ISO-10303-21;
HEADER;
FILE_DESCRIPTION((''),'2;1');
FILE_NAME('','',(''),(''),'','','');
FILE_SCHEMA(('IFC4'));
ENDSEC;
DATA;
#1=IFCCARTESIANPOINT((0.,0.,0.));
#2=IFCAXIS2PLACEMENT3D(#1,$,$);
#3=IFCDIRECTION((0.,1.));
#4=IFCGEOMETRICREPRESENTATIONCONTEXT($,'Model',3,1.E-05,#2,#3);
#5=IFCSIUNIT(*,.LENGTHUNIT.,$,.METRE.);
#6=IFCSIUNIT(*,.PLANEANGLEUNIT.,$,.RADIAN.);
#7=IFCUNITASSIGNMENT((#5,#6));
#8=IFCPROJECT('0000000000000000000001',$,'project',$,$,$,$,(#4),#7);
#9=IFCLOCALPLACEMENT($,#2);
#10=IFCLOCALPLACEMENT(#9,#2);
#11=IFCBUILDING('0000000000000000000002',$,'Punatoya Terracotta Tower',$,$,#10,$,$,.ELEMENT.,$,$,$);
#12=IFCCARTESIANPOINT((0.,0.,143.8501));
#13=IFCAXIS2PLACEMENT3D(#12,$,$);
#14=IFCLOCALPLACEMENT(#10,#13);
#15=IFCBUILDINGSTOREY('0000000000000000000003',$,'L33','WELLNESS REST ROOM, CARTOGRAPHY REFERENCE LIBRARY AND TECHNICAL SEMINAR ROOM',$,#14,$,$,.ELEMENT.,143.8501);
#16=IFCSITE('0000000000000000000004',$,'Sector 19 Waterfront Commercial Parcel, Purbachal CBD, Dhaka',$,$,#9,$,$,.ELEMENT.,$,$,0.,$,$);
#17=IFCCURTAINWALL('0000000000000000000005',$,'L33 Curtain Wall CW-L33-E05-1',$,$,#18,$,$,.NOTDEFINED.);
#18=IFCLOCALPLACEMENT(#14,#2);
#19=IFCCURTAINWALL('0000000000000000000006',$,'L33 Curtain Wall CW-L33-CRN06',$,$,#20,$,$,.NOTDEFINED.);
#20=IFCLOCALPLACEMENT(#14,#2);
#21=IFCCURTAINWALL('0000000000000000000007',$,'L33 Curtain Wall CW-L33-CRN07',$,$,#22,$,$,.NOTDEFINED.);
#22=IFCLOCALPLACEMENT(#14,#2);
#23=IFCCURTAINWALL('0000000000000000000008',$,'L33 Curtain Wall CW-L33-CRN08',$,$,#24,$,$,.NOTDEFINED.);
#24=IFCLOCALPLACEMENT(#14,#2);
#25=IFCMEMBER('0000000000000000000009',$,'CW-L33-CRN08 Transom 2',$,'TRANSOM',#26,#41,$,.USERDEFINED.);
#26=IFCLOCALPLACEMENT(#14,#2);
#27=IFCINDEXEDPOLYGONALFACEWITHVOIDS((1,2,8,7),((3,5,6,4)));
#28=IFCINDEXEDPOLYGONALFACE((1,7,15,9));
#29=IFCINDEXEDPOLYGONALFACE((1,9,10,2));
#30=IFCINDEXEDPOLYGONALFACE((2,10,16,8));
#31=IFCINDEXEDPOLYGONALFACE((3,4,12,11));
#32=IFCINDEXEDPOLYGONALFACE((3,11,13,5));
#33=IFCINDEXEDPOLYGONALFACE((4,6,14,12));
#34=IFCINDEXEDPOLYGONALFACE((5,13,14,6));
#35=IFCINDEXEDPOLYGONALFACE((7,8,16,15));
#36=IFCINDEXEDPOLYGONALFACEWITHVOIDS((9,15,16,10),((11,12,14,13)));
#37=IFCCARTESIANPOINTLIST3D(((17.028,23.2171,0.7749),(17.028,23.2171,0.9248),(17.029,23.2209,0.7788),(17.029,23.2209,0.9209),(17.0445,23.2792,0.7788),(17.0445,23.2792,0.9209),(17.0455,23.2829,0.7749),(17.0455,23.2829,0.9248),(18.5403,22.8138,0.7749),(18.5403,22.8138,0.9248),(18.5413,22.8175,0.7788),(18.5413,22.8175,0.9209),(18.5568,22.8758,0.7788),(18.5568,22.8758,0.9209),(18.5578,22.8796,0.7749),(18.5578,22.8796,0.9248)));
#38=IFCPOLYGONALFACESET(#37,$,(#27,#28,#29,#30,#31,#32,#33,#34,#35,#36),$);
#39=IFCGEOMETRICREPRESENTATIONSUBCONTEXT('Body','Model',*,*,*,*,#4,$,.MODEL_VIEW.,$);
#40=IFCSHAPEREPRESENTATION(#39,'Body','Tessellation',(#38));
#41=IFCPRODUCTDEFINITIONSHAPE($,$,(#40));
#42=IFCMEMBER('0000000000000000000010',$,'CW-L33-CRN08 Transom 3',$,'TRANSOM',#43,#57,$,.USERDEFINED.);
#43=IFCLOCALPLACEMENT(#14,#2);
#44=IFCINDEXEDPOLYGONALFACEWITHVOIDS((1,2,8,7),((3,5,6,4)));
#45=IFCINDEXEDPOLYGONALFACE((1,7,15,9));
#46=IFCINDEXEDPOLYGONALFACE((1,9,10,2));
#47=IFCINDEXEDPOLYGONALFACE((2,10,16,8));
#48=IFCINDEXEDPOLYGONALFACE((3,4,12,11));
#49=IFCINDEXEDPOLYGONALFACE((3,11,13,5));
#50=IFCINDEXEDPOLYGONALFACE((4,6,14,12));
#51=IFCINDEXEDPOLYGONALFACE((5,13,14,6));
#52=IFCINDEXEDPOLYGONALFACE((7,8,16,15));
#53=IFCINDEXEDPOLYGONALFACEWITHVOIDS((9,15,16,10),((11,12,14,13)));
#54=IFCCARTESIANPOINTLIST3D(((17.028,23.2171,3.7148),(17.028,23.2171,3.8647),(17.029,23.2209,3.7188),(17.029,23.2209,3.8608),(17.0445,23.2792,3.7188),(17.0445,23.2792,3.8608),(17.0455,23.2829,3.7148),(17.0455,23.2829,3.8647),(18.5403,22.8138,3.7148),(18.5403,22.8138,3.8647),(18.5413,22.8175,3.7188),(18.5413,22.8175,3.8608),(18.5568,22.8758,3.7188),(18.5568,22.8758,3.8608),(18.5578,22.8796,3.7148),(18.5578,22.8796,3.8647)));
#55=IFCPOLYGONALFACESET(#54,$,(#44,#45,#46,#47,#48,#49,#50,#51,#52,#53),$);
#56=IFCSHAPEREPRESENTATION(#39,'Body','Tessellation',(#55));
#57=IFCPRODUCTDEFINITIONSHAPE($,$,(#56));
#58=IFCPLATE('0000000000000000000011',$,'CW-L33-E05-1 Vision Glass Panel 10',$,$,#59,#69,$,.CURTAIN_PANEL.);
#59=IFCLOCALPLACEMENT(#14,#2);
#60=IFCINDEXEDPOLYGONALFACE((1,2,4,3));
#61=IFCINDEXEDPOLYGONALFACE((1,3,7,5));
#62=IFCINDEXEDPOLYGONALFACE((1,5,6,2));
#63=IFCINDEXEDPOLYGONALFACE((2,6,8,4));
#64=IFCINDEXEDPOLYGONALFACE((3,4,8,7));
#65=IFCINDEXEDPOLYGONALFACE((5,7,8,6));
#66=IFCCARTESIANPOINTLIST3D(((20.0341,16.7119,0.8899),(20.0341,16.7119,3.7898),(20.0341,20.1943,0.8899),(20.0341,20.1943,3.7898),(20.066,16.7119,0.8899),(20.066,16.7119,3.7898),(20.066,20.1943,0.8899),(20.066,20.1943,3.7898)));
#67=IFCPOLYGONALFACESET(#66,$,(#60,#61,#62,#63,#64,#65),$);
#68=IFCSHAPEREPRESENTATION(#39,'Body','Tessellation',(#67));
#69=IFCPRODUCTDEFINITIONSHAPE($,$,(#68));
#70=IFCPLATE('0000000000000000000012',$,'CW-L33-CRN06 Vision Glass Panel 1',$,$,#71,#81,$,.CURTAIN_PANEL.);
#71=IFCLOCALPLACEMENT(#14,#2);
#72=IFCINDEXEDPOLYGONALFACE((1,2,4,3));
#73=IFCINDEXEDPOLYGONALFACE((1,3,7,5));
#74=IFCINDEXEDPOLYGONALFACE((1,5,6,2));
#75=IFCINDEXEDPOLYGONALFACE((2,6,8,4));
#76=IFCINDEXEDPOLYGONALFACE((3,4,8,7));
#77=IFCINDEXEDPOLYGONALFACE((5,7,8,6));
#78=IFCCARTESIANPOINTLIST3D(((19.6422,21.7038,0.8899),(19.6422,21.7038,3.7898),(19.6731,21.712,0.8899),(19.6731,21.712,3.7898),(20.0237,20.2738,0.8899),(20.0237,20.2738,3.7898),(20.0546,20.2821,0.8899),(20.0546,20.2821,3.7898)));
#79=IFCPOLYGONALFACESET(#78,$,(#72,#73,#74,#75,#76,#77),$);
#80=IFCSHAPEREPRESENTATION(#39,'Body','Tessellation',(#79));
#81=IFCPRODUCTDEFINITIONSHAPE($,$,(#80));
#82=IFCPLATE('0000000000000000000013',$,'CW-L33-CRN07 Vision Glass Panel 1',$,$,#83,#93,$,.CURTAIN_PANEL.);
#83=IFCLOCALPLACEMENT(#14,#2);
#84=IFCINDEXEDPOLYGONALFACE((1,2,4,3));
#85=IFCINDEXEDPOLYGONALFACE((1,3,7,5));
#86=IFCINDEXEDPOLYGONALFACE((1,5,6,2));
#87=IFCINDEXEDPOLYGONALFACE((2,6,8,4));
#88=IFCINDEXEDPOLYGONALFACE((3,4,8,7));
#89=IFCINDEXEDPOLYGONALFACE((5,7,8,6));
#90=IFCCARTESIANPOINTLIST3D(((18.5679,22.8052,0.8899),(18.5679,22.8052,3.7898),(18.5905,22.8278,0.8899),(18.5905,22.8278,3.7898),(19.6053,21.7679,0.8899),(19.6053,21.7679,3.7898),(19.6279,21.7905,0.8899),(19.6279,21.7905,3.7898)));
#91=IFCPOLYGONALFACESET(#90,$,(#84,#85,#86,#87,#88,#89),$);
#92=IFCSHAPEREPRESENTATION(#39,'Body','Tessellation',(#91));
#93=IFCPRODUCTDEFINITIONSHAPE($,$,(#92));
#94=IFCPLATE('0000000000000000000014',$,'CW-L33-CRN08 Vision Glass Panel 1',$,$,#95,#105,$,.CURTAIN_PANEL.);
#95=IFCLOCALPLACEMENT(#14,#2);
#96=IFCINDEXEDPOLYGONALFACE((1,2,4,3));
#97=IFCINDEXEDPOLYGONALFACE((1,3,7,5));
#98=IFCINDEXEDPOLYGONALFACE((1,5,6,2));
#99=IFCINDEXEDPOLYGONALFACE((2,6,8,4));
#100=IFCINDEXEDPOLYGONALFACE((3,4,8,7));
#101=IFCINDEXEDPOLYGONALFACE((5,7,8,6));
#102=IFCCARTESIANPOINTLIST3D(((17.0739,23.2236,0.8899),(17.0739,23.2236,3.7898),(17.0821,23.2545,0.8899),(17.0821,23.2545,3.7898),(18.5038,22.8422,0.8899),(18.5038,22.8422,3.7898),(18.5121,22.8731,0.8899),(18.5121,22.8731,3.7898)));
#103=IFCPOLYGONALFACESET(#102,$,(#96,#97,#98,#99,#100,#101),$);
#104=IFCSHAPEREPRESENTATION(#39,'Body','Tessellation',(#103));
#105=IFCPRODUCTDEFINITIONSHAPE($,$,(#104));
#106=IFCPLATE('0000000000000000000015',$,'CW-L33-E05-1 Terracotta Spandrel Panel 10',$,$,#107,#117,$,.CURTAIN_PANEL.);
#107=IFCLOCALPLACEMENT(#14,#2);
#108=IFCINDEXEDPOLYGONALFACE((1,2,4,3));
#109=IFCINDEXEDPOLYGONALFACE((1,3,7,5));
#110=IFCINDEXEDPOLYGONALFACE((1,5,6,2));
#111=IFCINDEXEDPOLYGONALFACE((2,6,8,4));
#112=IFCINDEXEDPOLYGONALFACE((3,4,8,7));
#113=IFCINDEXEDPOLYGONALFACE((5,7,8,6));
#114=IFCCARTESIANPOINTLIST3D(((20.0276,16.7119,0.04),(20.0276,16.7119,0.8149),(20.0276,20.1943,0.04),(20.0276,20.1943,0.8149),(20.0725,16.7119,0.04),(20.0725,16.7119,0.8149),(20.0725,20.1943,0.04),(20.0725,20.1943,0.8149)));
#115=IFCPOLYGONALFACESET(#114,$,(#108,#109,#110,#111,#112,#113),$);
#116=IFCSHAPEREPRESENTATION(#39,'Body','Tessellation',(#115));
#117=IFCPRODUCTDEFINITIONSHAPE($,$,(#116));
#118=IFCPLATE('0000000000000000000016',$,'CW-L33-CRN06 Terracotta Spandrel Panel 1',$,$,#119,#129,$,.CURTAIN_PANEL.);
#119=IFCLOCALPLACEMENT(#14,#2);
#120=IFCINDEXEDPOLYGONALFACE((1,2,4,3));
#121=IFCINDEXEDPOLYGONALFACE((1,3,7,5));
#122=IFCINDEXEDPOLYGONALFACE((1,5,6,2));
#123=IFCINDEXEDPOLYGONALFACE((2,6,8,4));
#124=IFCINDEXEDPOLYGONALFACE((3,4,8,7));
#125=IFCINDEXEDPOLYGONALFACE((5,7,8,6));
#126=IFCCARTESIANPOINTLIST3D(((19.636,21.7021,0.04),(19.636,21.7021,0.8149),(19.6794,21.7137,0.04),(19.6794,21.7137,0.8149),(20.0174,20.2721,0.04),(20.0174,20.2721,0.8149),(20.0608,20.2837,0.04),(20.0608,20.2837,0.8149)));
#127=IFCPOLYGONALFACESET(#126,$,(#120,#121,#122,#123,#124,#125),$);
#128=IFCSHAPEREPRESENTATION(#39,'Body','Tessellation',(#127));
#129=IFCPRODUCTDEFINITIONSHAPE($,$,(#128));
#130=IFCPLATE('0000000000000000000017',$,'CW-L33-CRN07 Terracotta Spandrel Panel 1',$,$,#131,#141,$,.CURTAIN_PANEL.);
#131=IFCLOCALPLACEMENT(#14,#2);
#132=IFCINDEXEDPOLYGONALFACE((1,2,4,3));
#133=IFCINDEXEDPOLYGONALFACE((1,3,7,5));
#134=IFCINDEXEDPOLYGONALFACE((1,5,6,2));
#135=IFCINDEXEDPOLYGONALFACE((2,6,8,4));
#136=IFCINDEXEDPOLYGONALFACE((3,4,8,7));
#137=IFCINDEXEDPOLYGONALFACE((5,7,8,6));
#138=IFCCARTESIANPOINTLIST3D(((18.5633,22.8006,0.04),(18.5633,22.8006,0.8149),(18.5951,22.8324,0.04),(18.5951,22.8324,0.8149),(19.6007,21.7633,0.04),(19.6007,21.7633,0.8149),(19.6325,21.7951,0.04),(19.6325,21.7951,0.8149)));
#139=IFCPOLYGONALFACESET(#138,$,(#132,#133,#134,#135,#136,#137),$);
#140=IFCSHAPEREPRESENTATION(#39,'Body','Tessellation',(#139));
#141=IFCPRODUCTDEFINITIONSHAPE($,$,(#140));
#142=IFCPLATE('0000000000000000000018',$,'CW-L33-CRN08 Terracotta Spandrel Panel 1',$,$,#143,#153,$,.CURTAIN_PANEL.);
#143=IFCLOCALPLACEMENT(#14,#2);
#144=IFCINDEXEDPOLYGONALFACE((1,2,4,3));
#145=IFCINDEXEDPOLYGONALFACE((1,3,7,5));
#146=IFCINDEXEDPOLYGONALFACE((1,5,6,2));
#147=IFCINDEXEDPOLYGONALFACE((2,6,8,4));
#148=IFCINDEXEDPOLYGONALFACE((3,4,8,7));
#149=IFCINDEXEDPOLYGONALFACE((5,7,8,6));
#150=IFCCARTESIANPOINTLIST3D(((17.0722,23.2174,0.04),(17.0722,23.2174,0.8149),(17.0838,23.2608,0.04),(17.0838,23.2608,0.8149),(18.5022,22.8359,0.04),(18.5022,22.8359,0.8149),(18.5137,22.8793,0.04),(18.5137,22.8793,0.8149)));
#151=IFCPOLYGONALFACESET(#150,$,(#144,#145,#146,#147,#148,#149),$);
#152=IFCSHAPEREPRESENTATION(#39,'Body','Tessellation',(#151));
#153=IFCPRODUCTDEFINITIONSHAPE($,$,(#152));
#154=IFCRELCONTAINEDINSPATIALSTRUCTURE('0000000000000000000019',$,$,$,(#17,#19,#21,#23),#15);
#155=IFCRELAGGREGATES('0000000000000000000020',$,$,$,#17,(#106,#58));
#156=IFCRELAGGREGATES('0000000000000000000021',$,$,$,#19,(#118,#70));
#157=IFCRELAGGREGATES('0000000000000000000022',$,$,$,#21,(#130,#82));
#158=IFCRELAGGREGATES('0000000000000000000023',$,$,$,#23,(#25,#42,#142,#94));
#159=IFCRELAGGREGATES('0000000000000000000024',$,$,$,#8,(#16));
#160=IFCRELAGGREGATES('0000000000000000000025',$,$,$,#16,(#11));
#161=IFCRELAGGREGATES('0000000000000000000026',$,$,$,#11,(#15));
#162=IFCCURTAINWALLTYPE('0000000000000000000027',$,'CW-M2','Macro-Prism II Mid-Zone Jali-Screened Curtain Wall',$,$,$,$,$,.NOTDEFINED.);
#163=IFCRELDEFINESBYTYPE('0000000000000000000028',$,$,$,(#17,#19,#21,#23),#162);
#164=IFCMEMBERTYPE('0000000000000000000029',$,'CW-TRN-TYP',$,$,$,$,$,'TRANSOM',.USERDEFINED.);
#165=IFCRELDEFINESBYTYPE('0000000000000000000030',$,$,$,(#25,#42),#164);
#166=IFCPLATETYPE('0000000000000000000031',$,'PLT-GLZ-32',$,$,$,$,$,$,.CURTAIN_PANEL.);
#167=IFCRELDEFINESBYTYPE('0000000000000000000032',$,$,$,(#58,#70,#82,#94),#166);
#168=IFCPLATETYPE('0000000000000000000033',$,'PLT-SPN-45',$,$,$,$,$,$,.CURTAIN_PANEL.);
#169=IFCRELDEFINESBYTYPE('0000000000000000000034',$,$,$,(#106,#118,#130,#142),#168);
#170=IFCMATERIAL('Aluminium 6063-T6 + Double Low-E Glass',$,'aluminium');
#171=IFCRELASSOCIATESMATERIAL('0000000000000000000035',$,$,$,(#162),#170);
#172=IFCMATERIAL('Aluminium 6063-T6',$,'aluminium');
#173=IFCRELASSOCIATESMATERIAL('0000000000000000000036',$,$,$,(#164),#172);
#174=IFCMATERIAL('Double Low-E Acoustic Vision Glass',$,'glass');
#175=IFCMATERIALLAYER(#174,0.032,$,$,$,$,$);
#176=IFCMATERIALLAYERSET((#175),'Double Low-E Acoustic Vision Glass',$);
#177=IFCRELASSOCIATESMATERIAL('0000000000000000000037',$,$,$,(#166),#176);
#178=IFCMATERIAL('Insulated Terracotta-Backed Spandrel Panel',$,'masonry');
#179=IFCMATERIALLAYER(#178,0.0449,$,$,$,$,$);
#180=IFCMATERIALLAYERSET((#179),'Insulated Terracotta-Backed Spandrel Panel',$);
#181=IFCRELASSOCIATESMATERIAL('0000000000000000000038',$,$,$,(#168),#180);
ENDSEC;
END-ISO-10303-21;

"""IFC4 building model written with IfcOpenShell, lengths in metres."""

from ifc_helpers import new_model, si_unit, direction, frame, origin, origin_2d, place, context, subcontext, project, spatial, rectangle, hollow_rectangle, extrude, material, layer, layer_set, material_profile, profile_set, type_object, element, aggregate, save


model = new_model("IFC4")

# Units and contexts
model_context = context("Model", 3, precision=1e-05, world=origin(), true_north=direction((0.0, 1.0)))
body_context = subcontext(model_context, "Body", "Model", "MODEL_VIEW")
ifc_project = project(units=[si_unit("LENGTHUNIT", "METRE"), si_unit("PLANEANGLEUNIT", "RADIAN")], contexts=[model_context])

# Site, building, storey
site_placement = place(None, origin())
site = spatial("IfcSite", under=ifc_project, at=site_placement, Name="Sector 19 Waterfront Commercial Parcel, Purbachal CBD, Dhaka", CompositionType="ELEMENT", RefElevation=0.0)
building_placement = place(site_placement, origin())
building = spatial("IfcBuilding", under=site, at=building_placement, Name="Punatoya Terracotta Tower", CompositionType="ELEMENT")
storey_placement = place(building_placement, frame((0.0, 0.0, 143.8501)))
storey = spatial("IfcBuildingStorey", under=building, at=storey_placement, Name="L33", Description="WELLNESS REST ROOM, CARTOGRAPHY REFERENCE LIBRARY AND TECHNICAL SEMINAR ROOM", CompositionType="ELEMENT", Elevation=143.8501)

# Curtain walls
ifc_material_1 = material(Name="Aluminium 6063-T6 + Double Low-E Glass", Category="aluminium")
curtain_wall_type = type_object("IfcCurtainWallType", Name="CW-M2", Description="Macro-Prism II Mid-Zone Jali-Screened Curtain Wall", PredefinedType="NOTDEFINED", material=ifc_material_1)
curtain_wall_1_placement = place(storey_placement, origin())
curtain_wall_1 = element("IfcCurtainWall", 1, at=curtain_wall_1_placement, inside=storey, type_object=curtain_wall_type, Name="L33 Curtain Wall CW-L33-E05-1", PredefinedType="NOTDEFINED")
ifc_material_2 = material(Name="Aluminium 6063-T6", Category="aluminium")
curtain_wall_2_placement = place(storey_placement, origin())
curtain_wall_2 = element("IfcCurtainWall", 2, at=curtain_wall_2_placement, inside=storey, type_object=curtain_wall_type, Name="L33 Curtain Wall CW-L33-CRN06", PredefinedType="NOTDEFINED")
curtain_wall_3_placement = place(storey_placement, origin())
curtain_wall_3 = element("IfcCurtainWall", 3, at=curtain_wall_3_placement, inside=storey, type_object=curtain_wall_type, Name="L33 Curtain Wall CW-L33-CRN07", PredefinedType="NOTDEFINED")
curtain_wall_4_placement = place(storey_placement, origin())
curtain_wall_4 = element("IfcCurtainWall", 4, at=curtain_wall_4_placement, inside=storey, type_object=curtain_wall_type, Name="L33 Curtain Wall CW-L33-CRN08", PredefinedType="NOTDEFINED")

# Members
ifc_material_profile_1 = material_profile(ifc_material_2, hollow_rectangle(XDim=0.0681, YDim=0.1499, WallThickness=0.0039, at=origin_2d()))
ifc_profile_set_1 = profile_set([ifc_material_profile_1], Name="Aluminium 6063-T6")
member_type_1 = type_object("IfcMemberType", Name="CW-TRN-TYP", ElementType="TRANSOM", PredefinedType="USERDEFINED", material=ifc_profile_set_1)
member_1_placement = place(storey_placement, frame((18.5491, 22.8467, 0.8499), z_axis=(-0.966225, 0.257701, 0.0), x_axis=(-0.257701, -0.966225, 0.0)))
member_1 = element("IfcMember", 5, at=member_1_placement, type_object=member_type_1, Name="CW-L33-CRN08 Transom 2", ObjectType="TRANSOM", PredefinedType="USERDEFINED", context=body_context, shape_type="SweptSolid", body=[
    extrude(hollow_rectangle(XDim=0.0681, YDim=0.1499, WallThickness=0.0039, at=origin_2d()), origin(), (0.0, 0.0, 1.0), 1.5652),
])
member_2_placement = place(storey_placement, frame((18.5491, 22.8467, 3.7898), z_axis=(-0.966225, 0.257701, 0.0), x_axis=(-0.257701, -0.966225, 0.0)))
member_2 = element("IfcMember", 6, at=member_2_placement, type_object=member_type_1, Name="CW-L33-CRN08 Transom 3", ObjectType="TRANSOM", PredefinedType="USERDEFINED", context=body_context, shape_type="SweptSolid", body=[
    extrude(hollow_rectangle(XDim=0.0681, YDim=0.1499, WallThickness=0.0039, at=origin_2d()), origin(), (0.0, 0.0, 1.0), 1.5652),
])

# Plates
ifc_material_3 = material(Name="Double Low-E Acoustic Vision Glass", Category="glass")
ifc_layer_1 = layer(ifc_material_3, 0.032)
ifc_layer_set_1 = layer_set([ifc_layer_1], Name="Double Low-E Acoustic Vision Glass")
plate_type_1 = type_object("IfcPlateType", Name="PLT-GLZ-32", PredefinedType="CURTAIN_PANEL", material=ifc_layer_set_1)
plate_1_placement = place(storey_placement, frame((20.05, 18.4531, 0.8899), z_axis=(0.0, 0.0, 1.0), x_axis=(0.0, 1.0, 0.0)))
plate_1 = element("IfcPlate", 7, at=plate_1_placement, type_object=plate_type_1, Name="CW-L33-E05-1 Vision Glass Panel 10", PredefinedType="CURTAIN_PANEL", context=body_context, shape_type="SweptSolid", body=[
    extrude(rectangle(XDim=3.4824, YDim=0.032, at=origin_2d()), origin(), (0.0, 0.0, 1.0), 2.8999),
])
plate_2_placement = place(storey_placement, frame((19.8484, 20.9929, 0.8899), z_axis=(0.0, 0.0, 1.0), x_axis=(-0.257742, 0.966214, 0.0)))
plate_2 = element("IfcPlate", 8, at=plate_2_placement, type_object=plate_type_1, Name="CW-L33-CRN06 Vision Glass Panel 1", PredefinedType="CURTAIN_PANEL", context=body_context, shape_type="SweptSolid", body=[
    extrude(rectangle(XDim=1.48, YDim=0.032, at=origin_2d()), origin(), (0.0, 0.0, 1.0), 2.8999),
])
plate_3_placement = place(storey_placement, frame((19.0979, 22.2979, 0.8899), z_axis=(0.0, 0.0, 1.0), x_axis=(-0.707107, 0.707107, 0.0)))
plate_3 = element("IfcPlate", 9, at=plate_3_placement, type_object=plate_type_1, Name="CW-L33-CRN07 Vision Glass Panel 1", PredefinedType="CURTAIN_PANEL", context=body_context, shape_type="SweptSolid", body=[
    extrude(rectangle(XDim=1.467, YDim=0.032, at=origin_2d()), origin(), (0.0, 0.0, 1.0), 2.8999),
])
plate_4_placement = place(storey_placement, frame((17.793, 23.0483, 0.8899), z_axis=(0.0, 0.0, 1.0), x_axis=(-0.966214, 0.257742, 0.0)))
plate_4 = element("IfcPlate", 10, at=plate_4_placement, type_object=plate_type_1, Name="CW-L33-CRN08 Vision Glass Panel 1", PredefinedType="CURTAIN_PANEL", context=body_context, shape_type="SweptSolid", body=[
    extrude(rectangle(XDim=1.48, YDim=0.032, at=origin_2d()), origin(), (0.0, 0.0, 1.0), 2.8999),
])
ifc_material_4 = material(Name="Insulated Terracotta-Backed Spandrel Panel", Category="masonry")
ifc_layer_2 = layer(ifc_material_4, 0.0449)
ifc_layer_set_2 = layer_set([ifc_layer_2], Name="Insulated Terracotta-Backed Spandrel Panel")
plate_type_2 = type_object("IfcPlateType", Name="PLT-SPN-45", PredefinedType="CURTAIN_PANEL", material=ifc_layer_set_2)
plate_5_placement = place(storey_placement, frame((20.05, 18.4531, 0.04), z_axis=(0.0, 0.0, 1.0), x_axis=(0.0, 1.0, 0.0)))
plate_5 = element("IfcPlate", 11, at=plate_5_placement, type_object=plate_type_2, Name="CW-L33-E05-1 Terracotta Spandrel Panel 10", PredefinedType="CURTAIN_PANEL", context=body_context, shape_type="SweptSolid", body=[
    extrude(rectangle(XDim=3.4824, YDim=0.0449, at=origin_2d()), origin(), (0.0, 0.0, 1.0), 0.7749),
])
aggregate(curtain_wall_1, [plate_5, plate_1])
plate_6_placement = place(storey_placement, frame((19.8484, 20.9929, 0.04), z_axis=(0.0, 0.0, 1.0), x_axis=(-0.257742, 0.966214, 0.0)))
plate_6 = element("IfcPlate", 12, at=plate_6_placement, type_object=plate_type_2, Name="CW-L33-CRN06 Terracotta Spandrel Panel 1", PredefinedType="CURTAIN_PANEL", context=body_context, shape_type="SweptSolid", body=[
    extrude(rectangle(XDim=1.48, YDim=0.0449, at=origin_2d()), origin(), (0.0, 0.0, 1.0), 0.7749),
])
aggregate(curtain_wall_2, [plate_6, plate_2])
plate_7_placement = place(storey_placement, frame((19.0979, 22.2979, 0.04), z_axis=(0.0, 0.0, 1.0), x_axis=(-0.707107, 0.707107, 0.0)))
plate_7 = element("IfcPlate", 13, at=plate_7_placement, type_object=plate_type_2, Name="CW-L33-CRN07 Terracotta Spandrel Panel 1", PredefinedType="CURTAIN_PANEL", context=body_context, shape_type="SweptSolid", body=[
    extrude(rectangle(XDim=1.467, YDim=0.0449, at=origin_2d()), origin(), (0.0, 0.0, 1.0), 0.7749),
])
aggregate(curtain_wall_3, [plate_7, plate_3])
plate_8_placement = place(storey_placement, frame((17.793, 23.0483, 0.04), z_axis=(0.0, 0.0, 1.0), x_axis=(-0.966214, 0.257742, 0.0)))
plate_8 = element("IfcPlate", 14, at=plate_8_placement, type_object=plate_type_2, Name="CW-L33-CRN08 Terracotta Spandrel Panel 1", PredefinedType="CURTAIN_PANEL", context=body_context, shape_type="SweptSolid", body=[
    extrude(rectangle(XDim=1.48, YDim=0.0449, at=origin_2d()), origin(), (0.0, 0.0, 1.0), 0.7749),
])
aggregate(curtain_wall_4, [member_1, member_2, plate_8, plate_4])

save(model, "model.ifc")
